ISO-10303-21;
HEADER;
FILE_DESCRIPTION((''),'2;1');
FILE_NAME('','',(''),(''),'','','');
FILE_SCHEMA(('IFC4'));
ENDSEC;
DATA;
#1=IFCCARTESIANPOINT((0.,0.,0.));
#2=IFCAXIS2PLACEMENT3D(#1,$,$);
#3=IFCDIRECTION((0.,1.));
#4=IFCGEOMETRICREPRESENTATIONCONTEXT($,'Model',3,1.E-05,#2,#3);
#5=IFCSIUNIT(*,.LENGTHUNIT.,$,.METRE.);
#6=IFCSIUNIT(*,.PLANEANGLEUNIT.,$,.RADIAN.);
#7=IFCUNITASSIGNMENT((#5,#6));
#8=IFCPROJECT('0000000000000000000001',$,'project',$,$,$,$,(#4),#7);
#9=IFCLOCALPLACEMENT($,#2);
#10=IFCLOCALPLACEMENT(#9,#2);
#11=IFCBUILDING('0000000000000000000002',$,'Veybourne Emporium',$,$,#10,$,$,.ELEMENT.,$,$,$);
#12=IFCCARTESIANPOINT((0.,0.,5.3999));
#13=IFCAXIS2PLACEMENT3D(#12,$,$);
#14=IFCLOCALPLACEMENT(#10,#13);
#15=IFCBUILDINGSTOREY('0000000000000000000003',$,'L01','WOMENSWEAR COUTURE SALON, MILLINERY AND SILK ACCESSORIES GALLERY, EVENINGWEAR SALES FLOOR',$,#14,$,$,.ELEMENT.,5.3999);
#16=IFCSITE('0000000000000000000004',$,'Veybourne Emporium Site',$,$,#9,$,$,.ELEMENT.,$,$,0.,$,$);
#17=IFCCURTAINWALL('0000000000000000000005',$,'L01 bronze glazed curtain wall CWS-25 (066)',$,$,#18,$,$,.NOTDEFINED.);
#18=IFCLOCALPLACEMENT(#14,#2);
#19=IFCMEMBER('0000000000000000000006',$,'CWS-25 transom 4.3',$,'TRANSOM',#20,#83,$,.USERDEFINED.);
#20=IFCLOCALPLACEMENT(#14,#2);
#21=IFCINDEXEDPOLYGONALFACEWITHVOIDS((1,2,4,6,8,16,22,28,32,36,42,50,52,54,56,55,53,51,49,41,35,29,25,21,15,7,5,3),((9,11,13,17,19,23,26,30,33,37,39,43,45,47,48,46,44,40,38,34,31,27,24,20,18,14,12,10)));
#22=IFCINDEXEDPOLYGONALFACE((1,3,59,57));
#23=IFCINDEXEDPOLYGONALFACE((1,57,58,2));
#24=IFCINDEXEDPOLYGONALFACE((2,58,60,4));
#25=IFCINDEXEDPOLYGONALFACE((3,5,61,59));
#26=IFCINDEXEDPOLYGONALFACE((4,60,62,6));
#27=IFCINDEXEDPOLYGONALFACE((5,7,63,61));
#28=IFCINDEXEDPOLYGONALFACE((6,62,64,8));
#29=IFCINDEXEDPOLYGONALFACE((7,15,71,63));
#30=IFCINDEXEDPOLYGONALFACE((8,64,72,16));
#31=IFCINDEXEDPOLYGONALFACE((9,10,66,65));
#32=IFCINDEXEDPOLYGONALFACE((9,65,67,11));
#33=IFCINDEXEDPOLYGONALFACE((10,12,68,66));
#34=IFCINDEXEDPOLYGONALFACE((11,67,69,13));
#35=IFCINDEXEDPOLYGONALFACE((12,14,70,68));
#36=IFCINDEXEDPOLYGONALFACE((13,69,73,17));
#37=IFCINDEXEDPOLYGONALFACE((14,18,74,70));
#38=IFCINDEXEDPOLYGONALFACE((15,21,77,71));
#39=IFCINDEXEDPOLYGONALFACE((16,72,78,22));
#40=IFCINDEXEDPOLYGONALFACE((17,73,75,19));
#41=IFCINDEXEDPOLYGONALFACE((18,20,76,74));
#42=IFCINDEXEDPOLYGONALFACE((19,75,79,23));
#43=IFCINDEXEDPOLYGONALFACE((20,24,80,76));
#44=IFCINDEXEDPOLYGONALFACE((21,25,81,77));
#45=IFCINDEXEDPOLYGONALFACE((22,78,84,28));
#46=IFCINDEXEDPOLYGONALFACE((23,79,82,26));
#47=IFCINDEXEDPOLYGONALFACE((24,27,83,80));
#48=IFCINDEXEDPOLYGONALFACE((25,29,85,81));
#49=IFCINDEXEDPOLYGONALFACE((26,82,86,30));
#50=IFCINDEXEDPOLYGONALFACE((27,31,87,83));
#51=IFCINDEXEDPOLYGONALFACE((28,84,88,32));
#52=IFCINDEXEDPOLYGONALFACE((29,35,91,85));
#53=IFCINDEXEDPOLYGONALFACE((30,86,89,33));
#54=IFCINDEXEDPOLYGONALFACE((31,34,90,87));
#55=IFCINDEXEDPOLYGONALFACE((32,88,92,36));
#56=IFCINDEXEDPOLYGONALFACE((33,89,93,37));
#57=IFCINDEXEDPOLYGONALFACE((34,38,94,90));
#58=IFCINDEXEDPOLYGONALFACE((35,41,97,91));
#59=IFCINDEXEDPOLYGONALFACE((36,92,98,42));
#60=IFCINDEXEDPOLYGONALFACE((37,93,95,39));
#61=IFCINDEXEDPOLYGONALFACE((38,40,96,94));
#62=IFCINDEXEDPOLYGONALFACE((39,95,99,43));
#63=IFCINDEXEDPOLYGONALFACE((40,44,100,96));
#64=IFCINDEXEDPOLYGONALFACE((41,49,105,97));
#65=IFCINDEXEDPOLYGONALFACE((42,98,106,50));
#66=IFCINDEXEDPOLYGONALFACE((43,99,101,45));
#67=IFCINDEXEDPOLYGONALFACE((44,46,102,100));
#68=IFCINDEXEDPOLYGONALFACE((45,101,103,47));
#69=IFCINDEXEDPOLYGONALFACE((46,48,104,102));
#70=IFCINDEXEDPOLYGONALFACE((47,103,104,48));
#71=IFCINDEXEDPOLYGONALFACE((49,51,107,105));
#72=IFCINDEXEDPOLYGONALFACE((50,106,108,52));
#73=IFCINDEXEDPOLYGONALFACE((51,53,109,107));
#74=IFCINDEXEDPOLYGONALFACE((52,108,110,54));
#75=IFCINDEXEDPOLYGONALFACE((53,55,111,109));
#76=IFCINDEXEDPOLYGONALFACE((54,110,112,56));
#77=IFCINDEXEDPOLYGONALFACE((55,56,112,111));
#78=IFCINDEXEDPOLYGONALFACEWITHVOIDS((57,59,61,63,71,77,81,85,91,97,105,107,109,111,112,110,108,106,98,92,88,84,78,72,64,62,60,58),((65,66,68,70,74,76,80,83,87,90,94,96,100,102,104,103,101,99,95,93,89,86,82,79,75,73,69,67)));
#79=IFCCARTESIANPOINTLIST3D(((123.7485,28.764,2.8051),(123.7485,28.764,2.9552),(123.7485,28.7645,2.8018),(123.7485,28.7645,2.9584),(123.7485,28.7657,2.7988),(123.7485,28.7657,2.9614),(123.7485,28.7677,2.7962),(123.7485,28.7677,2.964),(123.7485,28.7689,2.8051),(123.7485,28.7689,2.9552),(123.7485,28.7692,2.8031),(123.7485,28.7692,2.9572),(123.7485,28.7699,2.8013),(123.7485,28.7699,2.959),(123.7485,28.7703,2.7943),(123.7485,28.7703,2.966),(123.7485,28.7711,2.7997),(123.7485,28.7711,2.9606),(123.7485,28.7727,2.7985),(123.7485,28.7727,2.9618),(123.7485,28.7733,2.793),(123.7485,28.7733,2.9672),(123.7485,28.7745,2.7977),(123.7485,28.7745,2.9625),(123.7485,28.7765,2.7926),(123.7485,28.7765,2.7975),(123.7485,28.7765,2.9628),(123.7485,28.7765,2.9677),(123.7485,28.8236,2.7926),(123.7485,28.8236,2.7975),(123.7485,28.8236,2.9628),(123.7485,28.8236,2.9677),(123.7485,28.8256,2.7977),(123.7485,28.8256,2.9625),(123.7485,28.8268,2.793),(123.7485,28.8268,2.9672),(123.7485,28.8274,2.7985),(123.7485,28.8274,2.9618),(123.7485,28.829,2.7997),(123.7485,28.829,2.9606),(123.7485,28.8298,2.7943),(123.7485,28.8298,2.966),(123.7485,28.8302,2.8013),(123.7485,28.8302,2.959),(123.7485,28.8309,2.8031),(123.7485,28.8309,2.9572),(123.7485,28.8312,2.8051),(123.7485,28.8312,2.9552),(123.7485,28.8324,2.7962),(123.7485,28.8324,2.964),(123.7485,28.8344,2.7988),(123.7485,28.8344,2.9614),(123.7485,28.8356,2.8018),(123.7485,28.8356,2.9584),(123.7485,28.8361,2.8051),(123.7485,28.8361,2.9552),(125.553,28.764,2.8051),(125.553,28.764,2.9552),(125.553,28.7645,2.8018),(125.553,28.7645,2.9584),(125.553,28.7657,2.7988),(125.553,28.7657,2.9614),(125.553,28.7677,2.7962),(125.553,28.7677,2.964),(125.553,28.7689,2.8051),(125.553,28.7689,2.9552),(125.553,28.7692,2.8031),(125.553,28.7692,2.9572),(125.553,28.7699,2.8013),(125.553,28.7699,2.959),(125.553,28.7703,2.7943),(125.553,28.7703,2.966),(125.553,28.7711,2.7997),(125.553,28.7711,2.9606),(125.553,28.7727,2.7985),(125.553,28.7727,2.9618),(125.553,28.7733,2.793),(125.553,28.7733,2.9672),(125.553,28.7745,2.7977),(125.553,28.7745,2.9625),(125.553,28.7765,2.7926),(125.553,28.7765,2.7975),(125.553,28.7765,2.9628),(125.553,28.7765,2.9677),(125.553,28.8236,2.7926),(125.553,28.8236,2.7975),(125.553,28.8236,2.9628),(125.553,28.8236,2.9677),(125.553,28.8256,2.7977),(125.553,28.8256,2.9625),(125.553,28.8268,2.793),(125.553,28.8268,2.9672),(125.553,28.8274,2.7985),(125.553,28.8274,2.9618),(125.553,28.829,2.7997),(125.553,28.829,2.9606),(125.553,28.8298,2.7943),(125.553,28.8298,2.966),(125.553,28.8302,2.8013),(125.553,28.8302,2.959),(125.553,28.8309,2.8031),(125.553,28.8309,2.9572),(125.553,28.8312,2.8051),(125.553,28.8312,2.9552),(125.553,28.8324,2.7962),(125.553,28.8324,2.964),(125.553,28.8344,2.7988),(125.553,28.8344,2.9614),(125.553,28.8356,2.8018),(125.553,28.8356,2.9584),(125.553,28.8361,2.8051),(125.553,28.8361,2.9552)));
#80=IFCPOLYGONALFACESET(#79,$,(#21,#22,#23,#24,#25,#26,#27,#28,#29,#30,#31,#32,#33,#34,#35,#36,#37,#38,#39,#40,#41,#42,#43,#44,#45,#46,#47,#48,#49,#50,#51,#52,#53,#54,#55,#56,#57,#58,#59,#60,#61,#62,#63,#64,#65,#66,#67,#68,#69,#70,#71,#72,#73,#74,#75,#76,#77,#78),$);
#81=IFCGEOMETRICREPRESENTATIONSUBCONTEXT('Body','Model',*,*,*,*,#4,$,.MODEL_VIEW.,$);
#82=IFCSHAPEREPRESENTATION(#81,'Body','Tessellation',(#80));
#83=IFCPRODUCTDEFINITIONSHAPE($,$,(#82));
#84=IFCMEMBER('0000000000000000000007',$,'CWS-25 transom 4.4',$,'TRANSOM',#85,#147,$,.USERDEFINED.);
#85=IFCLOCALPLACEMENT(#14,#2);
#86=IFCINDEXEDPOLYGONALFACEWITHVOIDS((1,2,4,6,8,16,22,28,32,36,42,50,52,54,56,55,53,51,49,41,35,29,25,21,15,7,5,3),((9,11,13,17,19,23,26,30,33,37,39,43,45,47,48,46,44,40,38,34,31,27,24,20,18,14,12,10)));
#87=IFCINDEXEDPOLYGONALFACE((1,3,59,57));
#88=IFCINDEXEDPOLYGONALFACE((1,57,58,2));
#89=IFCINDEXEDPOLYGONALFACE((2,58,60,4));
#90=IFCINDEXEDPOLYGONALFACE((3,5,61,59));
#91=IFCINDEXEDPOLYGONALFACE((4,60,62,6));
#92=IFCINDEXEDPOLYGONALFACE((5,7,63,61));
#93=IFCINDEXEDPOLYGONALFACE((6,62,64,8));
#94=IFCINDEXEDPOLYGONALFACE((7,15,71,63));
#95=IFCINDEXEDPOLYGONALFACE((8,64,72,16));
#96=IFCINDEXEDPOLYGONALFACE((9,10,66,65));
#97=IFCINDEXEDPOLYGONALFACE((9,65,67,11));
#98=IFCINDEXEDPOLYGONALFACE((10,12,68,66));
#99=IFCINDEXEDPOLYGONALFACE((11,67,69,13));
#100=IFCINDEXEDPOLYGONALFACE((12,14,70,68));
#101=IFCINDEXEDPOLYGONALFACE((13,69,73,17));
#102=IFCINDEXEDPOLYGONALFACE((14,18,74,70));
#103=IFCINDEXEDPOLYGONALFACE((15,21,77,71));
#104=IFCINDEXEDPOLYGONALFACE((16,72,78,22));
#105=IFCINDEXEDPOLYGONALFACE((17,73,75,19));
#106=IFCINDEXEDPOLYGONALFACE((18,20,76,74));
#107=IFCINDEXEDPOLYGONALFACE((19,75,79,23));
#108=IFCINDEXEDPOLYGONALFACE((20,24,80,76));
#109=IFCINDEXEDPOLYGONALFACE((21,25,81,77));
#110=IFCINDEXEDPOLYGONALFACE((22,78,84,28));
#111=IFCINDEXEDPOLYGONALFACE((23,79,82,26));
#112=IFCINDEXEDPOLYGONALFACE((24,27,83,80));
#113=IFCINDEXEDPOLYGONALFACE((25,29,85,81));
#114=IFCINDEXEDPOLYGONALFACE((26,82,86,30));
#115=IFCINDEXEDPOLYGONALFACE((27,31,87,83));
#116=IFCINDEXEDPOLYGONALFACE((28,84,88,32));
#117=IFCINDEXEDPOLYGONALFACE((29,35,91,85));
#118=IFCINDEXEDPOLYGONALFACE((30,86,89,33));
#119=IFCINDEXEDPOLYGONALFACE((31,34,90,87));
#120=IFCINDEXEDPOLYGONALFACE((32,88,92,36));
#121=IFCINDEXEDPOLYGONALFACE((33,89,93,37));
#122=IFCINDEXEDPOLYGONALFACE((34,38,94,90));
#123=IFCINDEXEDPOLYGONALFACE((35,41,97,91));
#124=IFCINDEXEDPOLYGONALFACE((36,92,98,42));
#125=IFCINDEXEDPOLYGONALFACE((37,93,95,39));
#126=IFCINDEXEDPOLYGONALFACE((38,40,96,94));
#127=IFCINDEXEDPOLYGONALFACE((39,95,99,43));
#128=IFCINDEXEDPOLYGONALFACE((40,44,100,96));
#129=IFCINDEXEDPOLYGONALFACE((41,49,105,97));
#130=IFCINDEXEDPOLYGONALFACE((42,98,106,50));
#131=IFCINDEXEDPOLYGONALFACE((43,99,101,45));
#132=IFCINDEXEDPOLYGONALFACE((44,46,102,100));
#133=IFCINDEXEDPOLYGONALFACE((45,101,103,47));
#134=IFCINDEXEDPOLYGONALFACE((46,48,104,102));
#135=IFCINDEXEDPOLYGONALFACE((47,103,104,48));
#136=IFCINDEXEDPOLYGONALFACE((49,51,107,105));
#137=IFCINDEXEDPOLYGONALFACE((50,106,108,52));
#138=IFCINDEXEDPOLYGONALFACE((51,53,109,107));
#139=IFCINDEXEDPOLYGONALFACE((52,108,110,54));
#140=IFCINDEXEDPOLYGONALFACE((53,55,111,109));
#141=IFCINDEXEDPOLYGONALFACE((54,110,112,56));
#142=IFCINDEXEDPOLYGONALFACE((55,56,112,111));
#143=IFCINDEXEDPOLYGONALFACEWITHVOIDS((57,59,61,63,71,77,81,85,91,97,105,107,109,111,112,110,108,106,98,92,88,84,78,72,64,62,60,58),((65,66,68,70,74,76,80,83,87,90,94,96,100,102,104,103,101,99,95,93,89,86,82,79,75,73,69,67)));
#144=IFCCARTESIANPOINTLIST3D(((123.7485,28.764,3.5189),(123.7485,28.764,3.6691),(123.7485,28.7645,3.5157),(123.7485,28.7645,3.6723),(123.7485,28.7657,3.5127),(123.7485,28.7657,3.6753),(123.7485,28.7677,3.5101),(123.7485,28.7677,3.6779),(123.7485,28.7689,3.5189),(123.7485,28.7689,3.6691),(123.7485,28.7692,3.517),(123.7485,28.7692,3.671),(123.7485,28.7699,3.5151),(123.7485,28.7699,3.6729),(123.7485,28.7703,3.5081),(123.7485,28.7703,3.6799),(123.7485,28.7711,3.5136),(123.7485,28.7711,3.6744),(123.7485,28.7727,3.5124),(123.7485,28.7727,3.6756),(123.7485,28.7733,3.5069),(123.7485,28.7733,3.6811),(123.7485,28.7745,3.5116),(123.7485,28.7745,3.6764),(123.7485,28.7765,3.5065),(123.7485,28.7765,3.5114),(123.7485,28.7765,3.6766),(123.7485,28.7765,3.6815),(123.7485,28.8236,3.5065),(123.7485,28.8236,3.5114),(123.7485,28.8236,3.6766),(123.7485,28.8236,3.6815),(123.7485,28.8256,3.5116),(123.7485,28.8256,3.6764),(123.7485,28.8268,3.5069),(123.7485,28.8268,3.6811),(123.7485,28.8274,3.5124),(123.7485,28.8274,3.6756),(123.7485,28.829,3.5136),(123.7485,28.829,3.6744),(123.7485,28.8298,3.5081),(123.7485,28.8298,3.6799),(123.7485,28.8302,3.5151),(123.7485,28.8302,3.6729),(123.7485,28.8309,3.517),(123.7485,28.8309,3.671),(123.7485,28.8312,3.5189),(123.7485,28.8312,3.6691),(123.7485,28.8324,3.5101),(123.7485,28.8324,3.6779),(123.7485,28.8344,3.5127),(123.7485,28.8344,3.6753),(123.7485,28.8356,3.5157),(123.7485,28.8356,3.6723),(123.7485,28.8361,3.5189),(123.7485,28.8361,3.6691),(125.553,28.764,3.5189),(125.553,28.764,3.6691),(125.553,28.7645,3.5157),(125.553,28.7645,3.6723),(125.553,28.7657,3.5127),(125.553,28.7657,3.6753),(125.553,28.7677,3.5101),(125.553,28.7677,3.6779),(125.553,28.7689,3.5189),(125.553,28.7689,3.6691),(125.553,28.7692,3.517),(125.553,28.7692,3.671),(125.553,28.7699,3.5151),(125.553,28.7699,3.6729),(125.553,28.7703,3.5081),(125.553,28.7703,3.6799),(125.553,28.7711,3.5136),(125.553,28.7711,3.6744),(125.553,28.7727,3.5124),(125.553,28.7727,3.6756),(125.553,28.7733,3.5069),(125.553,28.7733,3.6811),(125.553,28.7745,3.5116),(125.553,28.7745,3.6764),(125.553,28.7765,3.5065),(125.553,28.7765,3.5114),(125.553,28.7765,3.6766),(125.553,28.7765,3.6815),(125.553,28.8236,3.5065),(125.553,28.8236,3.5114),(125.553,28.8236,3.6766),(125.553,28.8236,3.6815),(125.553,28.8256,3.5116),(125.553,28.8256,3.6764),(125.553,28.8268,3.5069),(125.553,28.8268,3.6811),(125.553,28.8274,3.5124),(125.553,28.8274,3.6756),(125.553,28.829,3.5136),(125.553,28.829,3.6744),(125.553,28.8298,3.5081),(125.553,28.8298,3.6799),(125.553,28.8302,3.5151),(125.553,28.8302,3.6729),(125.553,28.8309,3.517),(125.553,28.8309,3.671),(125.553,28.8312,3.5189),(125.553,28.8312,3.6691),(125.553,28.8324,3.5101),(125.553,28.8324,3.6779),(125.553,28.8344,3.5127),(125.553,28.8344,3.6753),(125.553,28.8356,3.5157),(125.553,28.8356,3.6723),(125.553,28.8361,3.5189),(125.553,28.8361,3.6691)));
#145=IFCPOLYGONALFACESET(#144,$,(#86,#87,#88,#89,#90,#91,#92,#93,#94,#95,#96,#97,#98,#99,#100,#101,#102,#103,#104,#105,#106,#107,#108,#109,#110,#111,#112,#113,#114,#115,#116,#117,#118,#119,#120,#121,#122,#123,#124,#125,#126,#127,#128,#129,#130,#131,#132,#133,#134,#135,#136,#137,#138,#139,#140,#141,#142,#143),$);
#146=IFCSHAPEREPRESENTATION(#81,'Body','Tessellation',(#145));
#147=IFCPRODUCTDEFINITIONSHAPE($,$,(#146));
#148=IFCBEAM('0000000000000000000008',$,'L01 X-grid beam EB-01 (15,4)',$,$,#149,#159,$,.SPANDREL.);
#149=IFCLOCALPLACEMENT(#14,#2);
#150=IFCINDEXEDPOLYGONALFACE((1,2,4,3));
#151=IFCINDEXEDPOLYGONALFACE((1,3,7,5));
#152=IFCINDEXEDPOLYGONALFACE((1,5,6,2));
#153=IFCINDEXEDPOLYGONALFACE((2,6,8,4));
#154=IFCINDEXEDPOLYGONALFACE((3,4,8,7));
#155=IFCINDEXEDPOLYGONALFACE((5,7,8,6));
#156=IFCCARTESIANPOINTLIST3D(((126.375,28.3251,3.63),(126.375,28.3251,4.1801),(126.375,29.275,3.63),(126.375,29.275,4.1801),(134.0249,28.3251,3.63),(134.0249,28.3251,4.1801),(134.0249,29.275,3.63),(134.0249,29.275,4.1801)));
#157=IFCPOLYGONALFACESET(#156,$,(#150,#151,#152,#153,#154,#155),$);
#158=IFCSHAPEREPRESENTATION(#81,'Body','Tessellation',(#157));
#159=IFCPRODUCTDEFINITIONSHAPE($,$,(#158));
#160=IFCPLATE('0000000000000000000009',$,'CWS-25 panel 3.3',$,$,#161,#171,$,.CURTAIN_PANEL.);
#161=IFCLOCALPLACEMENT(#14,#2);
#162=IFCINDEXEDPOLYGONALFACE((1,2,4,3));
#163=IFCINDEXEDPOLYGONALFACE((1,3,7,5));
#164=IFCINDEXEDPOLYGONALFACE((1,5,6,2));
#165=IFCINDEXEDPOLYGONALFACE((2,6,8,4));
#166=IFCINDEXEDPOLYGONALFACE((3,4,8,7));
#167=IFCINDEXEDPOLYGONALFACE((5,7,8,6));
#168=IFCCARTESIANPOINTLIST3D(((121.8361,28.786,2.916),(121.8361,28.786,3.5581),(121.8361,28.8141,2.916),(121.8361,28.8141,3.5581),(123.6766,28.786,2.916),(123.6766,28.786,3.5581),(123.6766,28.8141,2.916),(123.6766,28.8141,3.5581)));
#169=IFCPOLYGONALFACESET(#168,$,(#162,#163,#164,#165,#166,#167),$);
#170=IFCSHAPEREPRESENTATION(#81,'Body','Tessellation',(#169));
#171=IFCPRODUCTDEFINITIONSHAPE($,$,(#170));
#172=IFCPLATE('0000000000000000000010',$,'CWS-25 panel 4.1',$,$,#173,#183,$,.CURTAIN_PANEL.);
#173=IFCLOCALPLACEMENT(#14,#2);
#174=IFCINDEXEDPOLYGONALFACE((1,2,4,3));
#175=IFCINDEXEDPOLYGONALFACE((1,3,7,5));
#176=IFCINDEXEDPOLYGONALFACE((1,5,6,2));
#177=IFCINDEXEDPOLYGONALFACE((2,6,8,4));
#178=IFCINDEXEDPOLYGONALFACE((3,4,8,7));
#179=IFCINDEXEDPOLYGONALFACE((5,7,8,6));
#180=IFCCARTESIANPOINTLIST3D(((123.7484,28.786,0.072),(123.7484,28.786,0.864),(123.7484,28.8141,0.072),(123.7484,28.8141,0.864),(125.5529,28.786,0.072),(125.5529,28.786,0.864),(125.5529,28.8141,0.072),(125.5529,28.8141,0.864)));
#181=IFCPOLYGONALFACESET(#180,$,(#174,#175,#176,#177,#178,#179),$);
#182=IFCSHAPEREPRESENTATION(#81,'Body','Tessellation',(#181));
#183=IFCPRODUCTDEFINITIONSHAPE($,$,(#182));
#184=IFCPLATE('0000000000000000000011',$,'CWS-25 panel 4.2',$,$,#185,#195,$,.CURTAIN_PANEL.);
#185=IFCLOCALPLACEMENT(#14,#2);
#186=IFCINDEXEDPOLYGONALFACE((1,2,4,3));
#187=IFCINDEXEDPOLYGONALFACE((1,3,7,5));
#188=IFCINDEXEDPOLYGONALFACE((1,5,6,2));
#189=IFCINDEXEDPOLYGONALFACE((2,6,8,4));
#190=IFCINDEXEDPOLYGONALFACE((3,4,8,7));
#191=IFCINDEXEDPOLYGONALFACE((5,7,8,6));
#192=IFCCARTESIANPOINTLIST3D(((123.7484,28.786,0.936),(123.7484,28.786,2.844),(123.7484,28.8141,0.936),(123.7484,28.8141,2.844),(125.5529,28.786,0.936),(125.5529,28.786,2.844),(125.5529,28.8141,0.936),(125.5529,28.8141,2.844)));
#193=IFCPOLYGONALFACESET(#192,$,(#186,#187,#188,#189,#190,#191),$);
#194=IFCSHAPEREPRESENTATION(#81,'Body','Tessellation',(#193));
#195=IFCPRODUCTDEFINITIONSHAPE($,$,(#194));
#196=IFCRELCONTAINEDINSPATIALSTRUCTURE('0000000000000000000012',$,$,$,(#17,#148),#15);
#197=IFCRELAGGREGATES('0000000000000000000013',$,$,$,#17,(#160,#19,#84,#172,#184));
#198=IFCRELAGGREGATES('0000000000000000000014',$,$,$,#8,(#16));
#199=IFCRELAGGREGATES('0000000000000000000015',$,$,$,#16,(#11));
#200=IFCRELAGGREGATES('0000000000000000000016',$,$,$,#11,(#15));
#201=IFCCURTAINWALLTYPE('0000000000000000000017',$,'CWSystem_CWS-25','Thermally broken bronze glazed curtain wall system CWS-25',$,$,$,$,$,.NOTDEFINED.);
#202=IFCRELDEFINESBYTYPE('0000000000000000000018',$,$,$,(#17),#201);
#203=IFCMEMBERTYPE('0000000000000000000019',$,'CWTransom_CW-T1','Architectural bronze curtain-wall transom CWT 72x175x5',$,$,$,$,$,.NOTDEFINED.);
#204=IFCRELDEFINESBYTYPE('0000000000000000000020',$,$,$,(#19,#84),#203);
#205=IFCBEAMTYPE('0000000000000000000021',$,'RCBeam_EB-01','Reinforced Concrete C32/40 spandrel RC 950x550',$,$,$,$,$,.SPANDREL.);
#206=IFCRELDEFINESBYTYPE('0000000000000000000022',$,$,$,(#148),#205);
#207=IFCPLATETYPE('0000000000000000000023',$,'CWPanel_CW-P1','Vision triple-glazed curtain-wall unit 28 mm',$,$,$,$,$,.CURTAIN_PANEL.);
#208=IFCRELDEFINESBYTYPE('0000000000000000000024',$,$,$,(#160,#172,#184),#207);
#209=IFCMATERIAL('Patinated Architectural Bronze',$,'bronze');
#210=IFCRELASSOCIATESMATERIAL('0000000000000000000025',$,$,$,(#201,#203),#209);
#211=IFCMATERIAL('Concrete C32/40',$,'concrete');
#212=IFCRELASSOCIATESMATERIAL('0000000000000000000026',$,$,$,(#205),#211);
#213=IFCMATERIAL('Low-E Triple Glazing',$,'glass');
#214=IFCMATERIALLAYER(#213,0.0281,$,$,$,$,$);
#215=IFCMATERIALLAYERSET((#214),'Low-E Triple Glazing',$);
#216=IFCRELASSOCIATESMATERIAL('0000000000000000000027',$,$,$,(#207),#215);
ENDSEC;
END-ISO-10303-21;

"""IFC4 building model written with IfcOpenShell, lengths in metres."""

from ifc_helpers import new_model, si_unit, direction, frame, origin, origin_2d, place, context, subcontext, project, spatial, rectangle, hollow_rectangle, extrude, material, layer, layer_set, material_profile, profile_set, type_object, element, aggregate, save


model = new_model("IFC4")

# Units and contexts
model_context = context("Model", 3, precision=1e-05, world=origin(), true_north=direction((0.0, 1.0)))
body_context = subcontext(model_context, "Body", "Model", "MODEL_VIEW")
ifc_project = project(units=[si_unit("LENGTHUNIT", "METRE"), si_unit("PLANEANGLEUNIT", "RADIAN")], contexts=[model_context])

# Site, building, storey
site_placement = place(None, origin())
site = spatial("IfcSite", under=ifc_project, at=site_placement, Name="Veybourne Emporium Site", CompositionType="ELEMENT", RefElevation=0.0)
building_placement = place(site_placement, origin())
building = spatial("IfcBuilding", under=site, at=building_placement, Name="Veybourne Emporium", CompositionType="ELEMENT")
storey_placement = place(building_placement, frame((0.0, 0.0, 5.3999)))
storey = spatial("IfcBuildingStorey", under=building, at=storey_placement, Name="L01", Description="WOMENSWEAR COUTURE SALON, MILLINERY AND SILK ACCESSORIES GALLERY, EVENINGWEAR SALES FLOOR", CompositionType="ELEMENT", Elevation=5.3999)

# Curtain wall, members
ifc_material_1 = material(Name="Patinated Architectural Bronze", Category="bronze")
curtain_wall_type = type_object("IfcCurtainWallType", Name="CWSystem_CWS-25", Description="Thermally broken bronze glazed curtain wall system CWS-25", PredefinedType="NOTDEFINED", material=ifc_material_1)
curtain_wall_placement = place(storey_placement, origin())
curtain_wall = element("IfcCurtainWall", 1, at=curtain_wall_placement, inside=storey, type_object=curtain_wall_type, Name="L01 bronze glazed curtain wall CWS-25 (066)", PredefinedType="NOTDEFINED")
ifc_material_profile_1 = material_profile(ifc_material_1, hollow_rectangle(XDim=0.072, YDim=0.175, WallThickness=0.0049, InnerFilletRadius=0.0076, OuterFilletRadius=0.0125, at=origin_2d()), Name="CWT 72x175x5")
ifc_profile_set_1 = profile_set([ifc_material_profile_1], Name="Patinated Architectural Bronze")
member_type_1 = type_object("IfcMemberType", Name="CWTransom_CW-T1", Description="Architectural bronze curtain-wall transom CWT 72x175x5", PredefinedType="NOTDEFINED", material=ifc_profile_set_1)
member_1_placement = place(storey_placement, frame((123.7485, 28.8, 2.8801), z_axis=(1.0, 0.0, 0.0), x_axis=(0.0, 1.0, 0.0)))
member_1 = element("IfcMember", 2, at=member_1_placement, type_object=member_type_1, Name="CWS-25 transom 4.3", ObjectType="TRANSOM", PredefinedType="USERDEFINED", context=body_context, shape_type="SweptSolid", body=[
    extrude(hollow_rectangle(XDim=0.072, YDim=0.175, WallThickness=0.0049, InnerFilletRadius=0.0076, OuterFilletRadius=0.0125, at=origin_2d()), origin(), (0.0, 0.0, 1.0), 1.8044),
])
member_2_placement = place(storey_placement, frame((123.7485, 28.8, 3.594), z_axis=(1.0, 0.0, 0.0), x_axis=(0.0, 1.0, 0.0)))
member_2 = element("IfcMember", 3, at=member_2_placement, type_object=member_type_1, Name="CWS-25 transom 4.4", ObjectType="TRANSOM", PredefinedType="USERDEFINED", context=body_context, shape_type="SweptSolid", body=[
    extrude(hollow_rectangle(XDim=0.072, YDim=0.175, WallThickness=0.0049, InnerFilletRadius=0.0076, OuterFilletRadius=0.0125, at=origin_2d()), origin(), (0.0, 0.0, 1.0), 1.8044),
])

# Beam
ifc_material_2 = material(Name="Concrete C32/40", Category="concrete")
ifc_material_profile_2 = material_profile(ifc_material_2, rectangle(XDim=0.95, YDim=0.55, at=origin_2d()), Name="RC 950x550")
ifc_profile_set_2 = profile_set([ifc_material_profile_2], Name="Concrete C32/40")
beam_type = type_object("IfcBeamType", Name="RCBeam_EB-01", Description="Reinforced Concrete C32/40 spandrel RC 950x550", PredefinedType="SPANDREL", material=ifc_profile_set_2)
beam_placement = place(storey_placement, frame((126.375, 28.8, 3.905), z_axis=(1.0, 0.0, 0.0), x_axis=(0.0, 1.0, 0.0)))
element("IfcBeam", 4, at=beam_placement, inside=storey, type_object=beam_type, Name="L01 X-grid beam EB-01 (15,4)", PredefinedType="SPANDREL", context=body_context, shape_type="SweptSolid", body=[
    extrude(rectangle(XDim=0.95, YDim=0.55, at=origin_2d()), origin(), (0.0, 0.0, 1.0), 7.6499),
])

# Plates
ifc_material_3 = material(Name="Low-E Triple Glazing", Category="glass")
ifc_layer_1 = layer(ifc_material_3, 0.0281)
ifc_layer_set_1 = layer_set([ifc_layer_1], Name="Low-E Triple Glazing")
plate_type = type_object("IfcPlateType", Name="CWPanel_CW-P1", Description="Vision triple-glazed curtain-wall unit 28 mm", PredefinedType="CURTAIN_PANEL", material=ifc_layer_set_1)
plate_1_placement = place(storey_placement, frame((122.7563, 28.8, 2.916), z_axis=(0.0, 0.0, 1.0), x_axis=(1.0, 0.0, 0.0)))
plate_1 = element("IfcPlate", 5, at=plate_1_placement, type_object=plate_type, Name="CWS-25 panel 3.3", PredefinedType="CURTAIN_PANEL", context=body_context, shape_type="SweptSolid", body=[
    extrude(rectangle(XDim=1.8406, YDim=0.0281, at=origin_2d()), origin(), (0.0, 0.0, 1.0), 0.6421),
])
plate_2_placement = place(storey_placement, frame((124.6506, 28.8, 0.072), z_axis=(0.0, 0.0, 1.0), x_axis=(1.0, 0.0, 0.0)))
plate_2 = element("IfcPlate", 6, at=plate_2_placement, type_object=plate_type, Name="CWS-25 panel 4.1", PredefinedType="CURTAIN_PANEL", context=body_context, shape_type="SweptSolid", body=[
    extrude(rectangle(XDim=1.8044, YDim=0.0281, at=origin_2d()), origin(), (0.0, 0.0, 1.0), 0.792),
])
plate_3_placement = place(storey_placement, frame((124.6506, 28.8, 0.936), z_axis=(0.0, 0.0, 1.0), x_axis=(1.0, 0.0, 0.0)))
plate_3 = element("IfcPlate", 7, at=plate_3_placement, type_object=plate_type, Name="CWS-25 panel 4.2", PredefinedType="CURTAIN_PANEL", context=body_context, shape_type="SweptSolid", body=[
    extrude(rectangle(XDim=1.8044, YDim=0.0281, at=origin_2d()), origin(), (0.0, 0.0, 1.0), 1.908),
])
aggregate(curtain_wall, [plate_1, member_1, member_2, plate_2, plate_3])

save(model, "model.ifc")
